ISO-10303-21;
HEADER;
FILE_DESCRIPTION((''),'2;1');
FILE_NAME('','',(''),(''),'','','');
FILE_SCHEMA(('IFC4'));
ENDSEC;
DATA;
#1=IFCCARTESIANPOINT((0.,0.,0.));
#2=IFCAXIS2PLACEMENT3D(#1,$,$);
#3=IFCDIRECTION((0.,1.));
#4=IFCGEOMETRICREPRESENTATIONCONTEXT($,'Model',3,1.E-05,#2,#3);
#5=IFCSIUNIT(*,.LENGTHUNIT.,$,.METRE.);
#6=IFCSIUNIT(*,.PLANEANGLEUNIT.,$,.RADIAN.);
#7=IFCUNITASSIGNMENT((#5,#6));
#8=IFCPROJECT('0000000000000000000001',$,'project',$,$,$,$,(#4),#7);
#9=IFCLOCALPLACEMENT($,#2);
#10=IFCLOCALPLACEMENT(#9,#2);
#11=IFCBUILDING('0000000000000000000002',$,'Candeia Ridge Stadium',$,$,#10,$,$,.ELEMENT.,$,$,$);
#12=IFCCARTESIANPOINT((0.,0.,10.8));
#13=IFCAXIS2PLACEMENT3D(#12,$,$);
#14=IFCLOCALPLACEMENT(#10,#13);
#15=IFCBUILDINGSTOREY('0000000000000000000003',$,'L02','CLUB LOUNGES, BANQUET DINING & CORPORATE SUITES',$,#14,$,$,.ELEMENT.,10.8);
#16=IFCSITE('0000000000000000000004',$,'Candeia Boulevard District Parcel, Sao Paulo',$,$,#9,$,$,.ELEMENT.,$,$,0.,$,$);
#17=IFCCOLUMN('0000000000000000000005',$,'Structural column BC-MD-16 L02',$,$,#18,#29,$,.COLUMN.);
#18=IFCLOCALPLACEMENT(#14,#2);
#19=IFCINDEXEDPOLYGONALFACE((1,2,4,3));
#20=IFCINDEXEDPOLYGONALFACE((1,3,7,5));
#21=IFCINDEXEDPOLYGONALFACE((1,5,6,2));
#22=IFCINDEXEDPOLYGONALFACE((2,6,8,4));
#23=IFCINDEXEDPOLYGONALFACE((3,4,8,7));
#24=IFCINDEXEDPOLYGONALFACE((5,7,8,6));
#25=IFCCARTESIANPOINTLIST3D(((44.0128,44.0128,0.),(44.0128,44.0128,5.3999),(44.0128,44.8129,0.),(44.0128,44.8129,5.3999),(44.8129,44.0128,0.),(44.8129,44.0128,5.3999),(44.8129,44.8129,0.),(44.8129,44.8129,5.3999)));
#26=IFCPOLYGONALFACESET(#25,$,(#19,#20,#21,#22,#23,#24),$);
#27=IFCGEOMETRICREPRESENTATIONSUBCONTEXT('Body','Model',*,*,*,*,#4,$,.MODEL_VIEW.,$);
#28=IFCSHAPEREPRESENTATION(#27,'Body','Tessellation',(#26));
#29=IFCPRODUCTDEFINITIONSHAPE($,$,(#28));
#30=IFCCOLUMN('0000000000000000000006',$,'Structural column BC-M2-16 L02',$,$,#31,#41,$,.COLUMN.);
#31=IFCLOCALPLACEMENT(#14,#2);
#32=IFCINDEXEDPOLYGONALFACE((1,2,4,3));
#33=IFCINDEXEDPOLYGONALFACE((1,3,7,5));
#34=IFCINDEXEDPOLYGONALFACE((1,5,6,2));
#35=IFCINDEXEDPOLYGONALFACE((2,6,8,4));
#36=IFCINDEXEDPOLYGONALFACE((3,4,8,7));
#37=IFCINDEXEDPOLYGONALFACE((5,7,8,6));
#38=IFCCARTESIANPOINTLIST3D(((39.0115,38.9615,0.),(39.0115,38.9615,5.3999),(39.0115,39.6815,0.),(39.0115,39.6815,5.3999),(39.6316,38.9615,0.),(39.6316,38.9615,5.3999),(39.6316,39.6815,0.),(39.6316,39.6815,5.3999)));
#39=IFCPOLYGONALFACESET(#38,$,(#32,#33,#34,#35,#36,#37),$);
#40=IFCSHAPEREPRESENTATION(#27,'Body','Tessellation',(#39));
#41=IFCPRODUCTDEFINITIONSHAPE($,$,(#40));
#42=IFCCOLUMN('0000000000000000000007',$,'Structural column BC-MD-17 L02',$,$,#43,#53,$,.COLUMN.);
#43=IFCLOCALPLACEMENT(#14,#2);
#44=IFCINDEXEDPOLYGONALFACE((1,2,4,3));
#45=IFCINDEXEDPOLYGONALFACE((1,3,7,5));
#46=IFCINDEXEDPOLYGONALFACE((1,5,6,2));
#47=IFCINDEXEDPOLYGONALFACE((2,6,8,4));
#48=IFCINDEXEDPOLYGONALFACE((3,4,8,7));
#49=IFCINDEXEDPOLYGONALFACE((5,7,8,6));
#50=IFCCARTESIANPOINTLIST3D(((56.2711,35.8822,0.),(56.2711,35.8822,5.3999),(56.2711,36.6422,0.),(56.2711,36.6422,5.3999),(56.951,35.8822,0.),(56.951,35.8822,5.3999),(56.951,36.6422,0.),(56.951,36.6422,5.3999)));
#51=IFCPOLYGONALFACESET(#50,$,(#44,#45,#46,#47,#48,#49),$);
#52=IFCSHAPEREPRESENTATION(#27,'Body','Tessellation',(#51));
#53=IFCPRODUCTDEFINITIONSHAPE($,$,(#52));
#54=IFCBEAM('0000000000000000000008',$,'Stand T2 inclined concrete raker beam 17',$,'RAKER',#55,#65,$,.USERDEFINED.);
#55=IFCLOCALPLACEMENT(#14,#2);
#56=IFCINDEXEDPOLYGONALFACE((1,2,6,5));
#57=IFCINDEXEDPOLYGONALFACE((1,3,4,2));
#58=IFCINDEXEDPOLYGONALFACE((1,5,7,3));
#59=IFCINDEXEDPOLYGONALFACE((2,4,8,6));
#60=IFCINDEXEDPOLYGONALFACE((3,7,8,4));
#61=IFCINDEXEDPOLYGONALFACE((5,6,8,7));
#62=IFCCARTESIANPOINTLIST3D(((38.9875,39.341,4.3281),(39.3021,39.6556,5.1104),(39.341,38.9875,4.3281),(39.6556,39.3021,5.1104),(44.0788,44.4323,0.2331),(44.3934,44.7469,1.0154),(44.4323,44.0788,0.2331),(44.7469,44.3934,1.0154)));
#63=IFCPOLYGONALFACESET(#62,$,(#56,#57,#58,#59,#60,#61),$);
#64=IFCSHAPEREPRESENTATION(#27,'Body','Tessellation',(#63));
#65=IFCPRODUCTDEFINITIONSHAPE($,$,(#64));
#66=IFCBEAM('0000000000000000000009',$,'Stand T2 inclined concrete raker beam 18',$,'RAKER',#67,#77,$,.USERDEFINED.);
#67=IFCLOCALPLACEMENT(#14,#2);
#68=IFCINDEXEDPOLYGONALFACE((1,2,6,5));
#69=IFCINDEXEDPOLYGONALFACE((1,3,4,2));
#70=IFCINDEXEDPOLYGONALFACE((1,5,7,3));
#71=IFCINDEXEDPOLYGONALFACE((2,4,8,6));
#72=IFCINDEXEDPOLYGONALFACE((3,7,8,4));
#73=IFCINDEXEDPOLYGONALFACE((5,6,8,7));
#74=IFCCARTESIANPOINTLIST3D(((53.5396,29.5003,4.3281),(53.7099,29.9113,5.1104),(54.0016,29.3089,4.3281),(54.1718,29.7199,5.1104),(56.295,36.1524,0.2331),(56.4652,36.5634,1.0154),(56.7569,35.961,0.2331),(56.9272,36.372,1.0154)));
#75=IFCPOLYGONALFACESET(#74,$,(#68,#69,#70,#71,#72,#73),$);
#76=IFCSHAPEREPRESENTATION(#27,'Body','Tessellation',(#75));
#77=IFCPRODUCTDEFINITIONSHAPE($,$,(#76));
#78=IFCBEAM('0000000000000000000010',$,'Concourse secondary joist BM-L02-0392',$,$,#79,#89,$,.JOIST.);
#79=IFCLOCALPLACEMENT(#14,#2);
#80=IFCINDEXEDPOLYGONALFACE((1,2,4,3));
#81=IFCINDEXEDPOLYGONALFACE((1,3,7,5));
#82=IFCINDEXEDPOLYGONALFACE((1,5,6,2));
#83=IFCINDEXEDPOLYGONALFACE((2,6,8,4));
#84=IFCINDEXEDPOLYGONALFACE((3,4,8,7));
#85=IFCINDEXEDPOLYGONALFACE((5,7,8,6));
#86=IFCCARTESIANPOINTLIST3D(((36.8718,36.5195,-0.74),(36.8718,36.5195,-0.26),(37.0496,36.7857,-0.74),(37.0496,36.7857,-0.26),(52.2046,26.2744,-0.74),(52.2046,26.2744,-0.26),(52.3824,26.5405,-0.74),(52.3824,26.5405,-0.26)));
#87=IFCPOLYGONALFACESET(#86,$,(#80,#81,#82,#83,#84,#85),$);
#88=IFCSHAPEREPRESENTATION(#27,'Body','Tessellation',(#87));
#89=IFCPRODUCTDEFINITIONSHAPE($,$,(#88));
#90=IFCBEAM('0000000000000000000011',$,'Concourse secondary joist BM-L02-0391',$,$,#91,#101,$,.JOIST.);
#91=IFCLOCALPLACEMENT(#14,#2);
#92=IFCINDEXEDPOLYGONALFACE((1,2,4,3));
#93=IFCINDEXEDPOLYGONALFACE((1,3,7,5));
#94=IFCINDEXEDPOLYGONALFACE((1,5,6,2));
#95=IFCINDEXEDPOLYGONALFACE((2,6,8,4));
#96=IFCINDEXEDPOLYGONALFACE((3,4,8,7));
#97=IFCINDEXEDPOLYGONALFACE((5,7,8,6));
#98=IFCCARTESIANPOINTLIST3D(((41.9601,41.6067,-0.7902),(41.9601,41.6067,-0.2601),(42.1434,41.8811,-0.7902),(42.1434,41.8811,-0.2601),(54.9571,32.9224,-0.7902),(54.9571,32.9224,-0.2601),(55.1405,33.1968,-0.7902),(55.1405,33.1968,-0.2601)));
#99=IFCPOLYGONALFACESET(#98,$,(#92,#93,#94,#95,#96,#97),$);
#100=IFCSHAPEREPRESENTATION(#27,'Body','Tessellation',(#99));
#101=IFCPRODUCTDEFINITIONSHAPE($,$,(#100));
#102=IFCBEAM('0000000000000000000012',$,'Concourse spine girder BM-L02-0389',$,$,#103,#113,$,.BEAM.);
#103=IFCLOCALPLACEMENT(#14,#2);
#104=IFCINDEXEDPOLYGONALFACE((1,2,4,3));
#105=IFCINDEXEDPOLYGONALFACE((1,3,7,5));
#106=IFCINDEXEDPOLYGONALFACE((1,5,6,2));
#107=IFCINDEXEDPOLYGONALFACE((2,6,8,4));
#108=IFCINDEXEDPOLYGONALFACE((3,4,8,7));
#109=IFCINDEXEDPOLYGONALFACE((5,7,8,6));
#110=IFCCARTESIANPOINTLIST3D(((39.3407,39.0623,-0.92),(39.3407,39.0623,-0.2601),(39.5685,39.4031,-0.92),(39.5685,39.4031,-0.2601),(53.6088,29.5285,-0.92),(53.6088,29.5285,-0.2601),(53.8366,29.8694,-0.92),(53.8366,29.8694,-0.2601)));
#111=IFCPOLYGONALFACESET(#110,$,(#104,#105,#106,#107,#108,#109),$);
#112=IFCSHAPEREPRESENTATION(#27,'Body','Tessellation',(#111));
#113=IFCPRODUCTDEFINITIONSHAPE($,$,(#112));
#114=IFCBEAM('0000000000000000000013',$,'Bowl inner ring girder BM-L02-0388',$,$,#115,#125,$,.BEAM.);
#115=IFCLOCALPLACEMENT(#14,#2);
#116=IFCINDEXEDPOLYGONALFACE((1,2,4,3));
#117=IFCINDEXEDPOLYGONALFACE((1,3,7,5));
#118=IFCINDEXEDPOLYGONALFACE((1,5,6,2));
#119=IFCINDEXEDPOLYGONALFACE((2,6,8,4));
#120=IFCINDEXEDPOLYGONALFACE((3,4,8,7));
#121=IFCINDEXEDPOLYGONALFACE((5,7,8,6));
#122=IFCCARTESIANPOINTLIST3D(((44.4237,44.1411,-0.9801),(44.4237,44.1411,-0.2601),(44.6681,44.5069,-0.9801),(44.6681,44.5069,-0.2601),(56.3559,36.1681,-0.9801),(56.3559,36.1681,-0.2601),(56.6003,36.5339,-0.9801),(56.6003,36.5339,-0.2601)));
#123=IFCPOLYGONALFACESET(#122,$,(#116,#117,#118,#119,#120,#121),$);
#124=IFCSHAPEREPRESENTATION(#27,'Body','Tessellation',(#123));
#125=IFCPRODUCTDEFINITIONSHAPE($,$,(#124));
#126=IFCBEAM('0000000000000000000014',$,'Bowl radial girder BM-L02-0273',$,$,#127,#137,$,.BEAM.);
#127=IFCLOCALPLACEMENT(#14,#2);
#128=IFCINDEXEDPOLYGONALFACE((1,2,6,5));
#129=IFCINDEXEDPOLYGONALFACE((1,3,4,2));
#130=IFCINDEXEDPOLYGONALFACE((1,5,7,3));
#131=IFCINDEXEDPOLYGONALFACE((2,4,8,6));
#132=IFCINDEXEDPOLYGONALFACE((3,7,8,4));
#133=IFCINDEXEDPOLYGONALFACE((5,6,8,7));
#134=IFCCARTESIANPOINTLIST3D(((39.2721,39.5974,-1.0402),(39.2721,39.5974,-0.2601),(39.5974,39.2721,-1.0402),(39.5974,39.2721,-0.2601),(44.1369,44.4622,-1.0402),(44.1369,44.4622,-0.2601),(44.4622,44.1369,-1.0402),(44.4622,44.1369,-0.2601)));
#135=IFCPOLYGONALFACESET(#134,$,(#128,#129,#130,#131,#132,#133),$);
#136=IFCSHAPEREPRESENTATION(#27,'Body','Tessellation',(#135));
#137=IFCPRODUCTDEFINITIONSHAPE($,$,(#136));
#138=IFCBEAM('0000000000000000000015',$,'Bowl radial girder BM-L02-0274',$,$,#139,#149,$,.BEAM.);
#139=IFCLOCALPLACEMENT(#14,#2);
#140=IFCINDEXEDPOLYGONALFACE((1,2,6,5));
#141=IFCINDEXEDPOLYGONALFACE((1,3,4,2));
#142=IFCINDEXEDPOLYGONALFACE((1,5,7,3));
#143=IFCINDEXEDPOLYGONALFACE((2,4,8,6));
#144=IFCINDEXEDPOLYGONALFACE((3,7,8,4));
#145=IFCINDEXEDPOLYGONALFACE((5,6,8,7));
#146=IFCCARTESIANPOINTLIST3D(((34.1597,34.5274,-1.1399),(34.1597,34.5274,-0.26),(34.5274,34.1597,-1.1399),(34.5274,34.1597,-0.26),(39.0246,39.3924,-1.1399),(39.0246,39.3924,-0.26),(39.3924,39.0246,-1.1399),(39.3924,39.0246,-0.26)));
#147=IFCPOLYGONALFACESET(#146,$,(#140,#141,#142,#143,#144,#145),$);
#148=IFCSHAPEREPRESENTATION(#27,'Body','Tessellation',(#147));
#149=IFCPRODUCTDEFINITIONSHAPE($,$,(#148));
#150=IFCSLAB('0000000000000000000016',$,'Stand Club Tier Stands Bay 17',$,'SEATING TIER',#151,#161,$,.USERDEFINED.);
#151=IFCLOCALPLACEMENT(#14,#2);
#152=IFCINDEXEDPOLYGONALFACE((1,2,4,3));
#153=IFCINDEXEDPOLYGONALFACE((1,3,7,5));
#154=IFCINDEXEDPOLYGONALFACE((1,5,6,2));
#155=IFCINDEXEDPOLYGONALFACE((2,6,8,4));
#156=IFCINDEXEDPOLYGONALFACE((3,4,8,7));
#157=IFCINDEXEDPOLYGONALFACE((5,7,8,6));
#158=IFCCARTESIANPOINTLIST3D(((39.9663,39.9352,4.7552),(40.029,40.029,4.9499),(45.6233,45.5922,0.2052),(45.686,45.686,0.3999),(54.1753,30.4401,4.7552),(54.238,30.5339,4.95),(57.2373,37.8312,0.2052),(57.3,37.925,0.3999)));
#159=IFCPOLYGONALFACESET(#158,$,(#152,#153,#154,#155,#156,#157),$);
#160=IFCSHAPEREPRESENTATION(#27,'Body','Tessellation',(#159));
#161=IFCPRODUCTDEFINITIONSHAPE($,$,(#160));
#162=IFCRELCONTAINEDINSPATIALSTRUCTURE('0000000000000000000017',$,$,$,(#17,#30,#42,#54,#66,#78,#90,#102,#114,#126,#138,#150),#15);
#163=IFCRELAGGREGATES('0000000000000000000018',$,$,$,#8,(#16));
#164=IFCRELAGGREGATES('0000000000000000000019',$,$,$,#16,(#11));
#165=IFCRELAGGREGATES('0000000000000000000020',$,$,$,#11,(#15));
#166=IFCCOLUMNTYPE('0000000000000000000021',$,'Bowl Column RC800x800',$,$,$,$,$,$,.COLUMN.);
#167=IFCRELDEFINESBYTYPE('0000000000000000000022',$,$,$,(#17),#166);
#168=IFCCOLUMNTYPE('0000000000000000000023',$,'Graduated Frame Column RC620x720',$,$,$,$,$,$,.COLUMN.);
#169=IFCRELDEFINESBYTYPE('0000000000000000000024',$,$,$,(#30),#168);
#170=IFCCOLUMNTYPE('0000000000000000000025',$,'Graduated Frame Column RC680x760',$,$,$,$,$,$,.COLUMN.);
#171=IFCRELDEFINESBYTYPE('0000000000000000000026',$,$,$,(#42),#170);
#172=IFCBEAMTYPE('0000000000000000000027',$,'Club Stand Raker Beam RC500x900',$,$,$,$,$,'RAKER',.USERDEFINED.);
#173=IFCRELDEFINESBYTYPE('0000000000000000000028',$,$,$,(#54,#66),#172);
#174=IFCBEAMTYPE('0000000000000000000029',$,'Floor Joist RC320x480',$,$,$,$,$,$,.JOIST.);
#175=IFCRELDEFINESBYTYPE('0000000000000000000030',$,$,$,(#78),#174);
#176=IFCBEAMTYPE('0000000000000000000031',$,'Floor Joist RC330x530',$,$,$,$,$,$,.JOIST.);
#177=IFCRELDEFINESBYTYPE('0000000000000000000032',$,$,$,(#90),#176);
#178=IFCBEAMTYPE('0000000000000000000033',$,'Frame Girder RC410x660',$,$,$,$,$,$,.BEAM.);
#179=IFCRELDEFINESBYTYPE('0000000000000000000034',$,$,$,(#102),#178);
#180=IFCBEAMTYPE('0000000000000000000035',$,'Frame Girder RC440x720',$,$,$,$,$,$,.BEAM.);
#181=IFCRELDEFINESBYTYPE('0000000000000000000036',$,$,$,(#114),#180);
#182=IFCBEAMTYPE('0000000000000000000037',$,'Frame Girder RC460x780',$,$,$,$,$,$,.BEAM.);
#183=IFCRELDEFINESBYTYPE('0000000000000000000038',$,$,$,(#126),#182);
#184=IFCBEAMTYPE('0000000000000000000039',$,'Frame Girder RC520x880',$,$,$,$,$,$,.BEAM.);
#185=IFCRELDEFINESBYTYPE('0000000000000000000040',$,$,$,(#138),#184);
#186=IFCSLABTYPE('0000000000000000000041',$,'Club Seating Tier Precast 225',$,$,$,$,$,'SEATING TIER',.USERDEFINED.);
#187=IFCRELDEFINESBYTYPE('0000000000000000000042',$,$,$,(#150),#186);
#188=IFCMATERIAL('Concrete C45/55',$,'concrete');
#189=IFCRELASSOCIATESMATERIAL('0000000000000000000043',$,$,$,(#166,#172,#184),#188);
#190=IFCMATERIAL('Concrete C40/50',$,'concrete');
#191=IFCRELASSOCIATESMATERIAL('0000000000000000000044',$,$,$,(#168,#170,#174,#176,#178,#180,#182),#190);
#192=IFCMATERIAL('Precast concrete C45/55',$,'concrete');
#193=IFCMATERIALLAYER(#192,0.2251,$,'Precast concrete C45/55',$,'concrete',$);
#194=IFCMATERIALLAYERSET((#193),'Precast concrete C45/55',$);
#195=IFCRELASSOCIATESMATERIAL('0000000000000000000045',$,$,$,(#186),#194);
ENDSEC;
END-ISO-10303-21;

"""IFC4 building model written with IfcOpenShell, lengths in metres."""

from ifc_helpers import new_model, si_unit, direction, frame, origin, origin_2d, place, context, subcontext, project, spatial, polyline, rectangle, outline, extrude, material, layer, layer_set, material_profile, profile_set, type_object, element, save


model = new_model("IFC4")

# Units and contexts
model_context = context("Model", 3, precision=1e-05, world=origin(), true_north=direction((0.0, 1.0)))
body_context = subcontext(model_context, "Body", "Model", "MODEL_VIEW")
ifc_project = project(units=[si_unit("LENGTHUNIT", "METRE"), si_unit("PLANEANGLEUNIT", "RADIAN")], contexts=[model_context])

# Site, building, storey
site_placement = place(None, origin())
site = spatial("IfcSite", under=ifc_project, at=site_placement, Name="Candeia Boulevard District Parcel, Sao Paulo", CompositionType="ELEMENT", RefElevation=0.0)
building_placement = place(site_placement, origin())
building = spatial("IfcBuilding", under=site, at=building_placement, Name="Candeia Ridge Stadium", CompositionType="ELEMENT")
storey_placement = place(building_placement, frame((0.0, 0.0, 10.8)))
storey = spatial("IfcBuildingStorey", under=building, at=storey_placement, Name="L02", Description="CLUB LOUNGES, BANQUET DINING & CORPORATE SUITES", CompositionType="ELEMENT", Elevation=10.8)

# Columns
ifc_material_1 = material(Name="Concrete C45/55", Category="concrete")
ifc_material_profile_1 = material_profile(ifc_material_1, rectangle(XDim=0.8, YDim=0.8, at=origin_2d()), Name="RC800x800", Category="concrete")
ifc_profile_set_1 = profile_set([ifc_material_profile_1], Name="Concrete C45/55")
column_type_1 = type_object("IfcColumnType", Name="Bowl Column RC800x800", PredefinedType="COLUMN", material=ifc_profile_set_1)
column_1_placement = place(storey_placement, frame((44.4128, 44.4128, 0.0), z_axis=(0.0, 0.0, 1.0), x_axis=(1.0, 0.0, 0.0)))
element("IfcColumn", 1, at=column_1_placement, inside=storey, type_object=column_type_1, Name="Structural column BC-MD-16 L02", PredefinedType="COLUMN", context=body_context, shape_type="SweptSolid", body=[
    extrude(rectangle(XDim=0.8, YDim=0.8, at=origin_2d()), origin(), (0.0, 0.0, 1.0), 5.3999),
])
ifc_material_2 = material(Name="Concrete C40/50", Category="concrete")
ifc_material_profile_2 = material_profile(ifc_material_2, rectangle(XDim=0.6201, YDim=0.72, at=origin_2d()), Name="RC620x720", Category="concrete")
ifc_profile_set_2 = profile_set([ifc_material_profile_2], Name="Concrete C40/50")
column_type_2 = type_object("IfcColumnType", Name="Graduated Frame Column RC620x720", PredefinedType="COLUMN", material=ifc_profile_set_2)
column_2_placement = place(storey_placement, frame((39.3215, 39.3215, 0.0), z_axis=(0.0, 0.0, 1.0), x_axis=(1.0, 0.0, 0.0)))
element("IfcColumn", 2, at=column_2_placement, inside=storey, type_object=column_type_2, Name="Structural column BC-M2-16 L02", PredefinedType="COLUMN", context=body_context, shape_type="SweptSolid", body=[
    extrude(rectangle(XDim=0.6201, YDim=0.72, at=origin_2d()), origin(), (0.0, 0.0, 1.0), 5.3999),
])
ifc_material_profile_3 = material_profile(ifc_material_2, rectangle(XDim=0.6799, YDim=0.76, at=origin_2d()), Name="RC680x760", Category="concrete")
ifc_profile_set_3 = profile_set([ifc_material_profile_3], Name="Concrete C40/50")
column_type_3 = type_object("IfcColumnType", Name="Graduated Frame Column RC680x760", PredefinedType="COLUMN", material=ifc_profile_set_3)
column_3_placement = place(storey_placement, frame((56.6111, 36.2622, 0.0), z_axis=(0.0, 0.0, 1.0), x_axis=(1.0, 0.0, 0.0)))
element("IfcColumn", 3, at=column_3_placement, inside=storey, type_object=column_type_3, Name="Structural column BC-MD-17 L02", PredefinedType="COLUMN", context=body_context, shape_type="SweptSolid", body=[
    extrude(rectangle(XDim=0.6799, YDim=0.76, at=origin_2d()), origin(), (0.0, 0.0, 1.0), 5.3999),
])

# Beams
ifc_material_profile_4 = material_profile(ifc_material_1, rectangle(XDim=0.5, YDim=0.8999, at=origin_2d()), Name="RC500x900", Category="concrete")
ifc_profile_set_4 = profile_set([ifc_material_profile_4], Name="Concrete C45/55")
beam_type_1 = type_object("IfcBeamType", Name="Club Stand Raker Beam RC500x900", ElementType="RAKER", PredefinedType="USERDEFINED", material=ifc_profile_set_4)
for number, where, z_axis, x_axis, name in (
    (4, (44.4128, 44.4128, 0.6243), (-0.614654, -0.614654, 0.49437), (0.707107, -0.707107, 0.0), "Stand T2 inclined concrete raker beam 17"),
    (5, (56.6111, 36.2622, 0.6243), (-0.332646, -0.803084, 0.494371), (0.92388, -0.382681, 0.0), "Stand T2 inclined concrete raker beam 18"),
):
    element("IfcBeam", number, at=place(storey_placement, frame(where, z_axis=z_axis, x_axis=x_axis)), inside=storey, type_object=beam_type_1, Name=name, ObjectType="RAKER", PredefinedType="USERDEFINED", context=body_context, shape_type="SweptSolid", body=[
        extrude(rectangle(XDim=0.5, YDim=0.8999, at=origin_2d()), origin(), (0.0, 0.0, 1.0), 8.2832),
    ])
ifc_material_profile_5 = material_profile(ifc_material_2, rectangle(XDim=0.3201, YDim=0.48, at=origin_2d()), Name="RC320x480", Category="concrete")
ifc_profile_set_5 = profile_set([ifc_material_profile_5], Name="Concrete C40/50")
beam_type_2 = type_object("IfcBeamType", Name="Floor Joist RC320x480", PredefinedType="JOIST", material=ifc_profile_set_5)
beam_1_placement = place(storey_placement, frame((36.9607, 36.6526, -0.5), z_axis=(0.831467, -0.555574, 0.0), x_axis=(0.555574, 0.831467, 0.0)))
element("IfcBeam", 6, at=beam_1_placement, inside=storey, type_object=beam_type_2, Name="Concourse secondary joist BM-L02-0392", PredefinedType="JOIST", context=body_context, shape_type="SweptSolid", body=[
    extrude(rectangle(XDim=0.3201, YDim=0.48, at=origin_2d()), origin(), (0.0, 0.0, 1.0), 18.4407),
])
ifc_material_profile_6 = material_profile(ifc_material_2, rectangle(XDim=0.3301, YDim=0.53, at=origin_2d()), Name="RC330x530", Category="concrete")
ifc_profile_set_6 = profile_set([ifc_material_profile_6], Name="Concrete C40/50")
beam_type_3 = type_object("IfcBeamType", Name="Floor Joist RC330x530", PredefinedType="JOIST", material=ifc_profile_set_6)
beam_2_placement = place(storey_placement, frame((42.0518, 41.7439, -0.5251), z_axis=(0.831471, -0.555569, 0.0), x_axis=(0.555569, 0.831471, 0.0)))
element("IfcBeam", 7, at=beam_2_placement, inside=storey, type_object=beam_type_3, Name="Concourse secondary joist BM-L02-0391", PredefinedType="JOIST", context=body_context, shape_type="SweptSolid", body=[
    extrude(rectangle(XDim=0.3301, YDim=0.53, at=origin_2d()), origin(), (0.0, 0.0, 1.0), 15.6313),
])
ifc_material_profile_7 = material_profile(ifc_material_2, rectangle(XDim=0.4099, YDim=0.6599, at=origin_2d()), Name="RC410x660", Category="concrete")
ifc_profile_set_7 = profile_set([ifc_material_profile_7], Name="Concrete C40/50")
beam_type_4 = type_object("IfcBeamType", Name="Frame Girder RC410x660", PredefinedType="BEAM", material=ifc_profile_set_7)
beam_3_placement = place(storey_placement, frame((39.4546, 39.2327, -0.5901), z_axis=(0.831468, -0.555573, 0.0), x_axis=(0.555573, 0.831468, 0.0)))
element("IfcBeam", 8, at=beam_3_placement, inside=storey, type_object=beam_type_4, Name="Concourse spine girder BM-L02-0389", PredefinedType="BEAM", context=body_context, shape_type="SweptSolid", body=[
    extrude(rectangle(XDim=0.4099, YDim=0.6599, at=origin_2d()), origin(), (0.0, 0.0, 1.0), 17.1602),
])
ifc_material_profile_8 = material_profile(ifc_material_2, rectangle(XDim=0.4399, YDim=0.72, at=origin_2d()), Name="RC440x720", Category="concrete")
ifc_profile_set_8 = profile_set([ifc_material_profile_8], Name="Concrete C40/50")
beam_type_5 = type_object("IfcBeamType", Name="Frame Girder RC440x720", PredefinedType="BEAM", material=ifc_profile_set_8)
beam_4_placement = place(storey_placement, frame((44.5459, 44.324, -0.6201), z_axis=(0.831466, -0.555575, 0.0), x_axis=(0.555575, 0.831466, 0.0)))
element("IfcBeam", 9, at=beam_4_placement, inside=storey, type_object=beam_type_5, Name="Bowl inner ring girder BM-L02-0388", PredefinedType="BEAM", context=body_context, shape_type="SweptSolid", body=[
    extrude(rectangle(XDim=0.4399, YDim=0.72, at=origin_2d()), origin(), (0.0, 0.0, 1.0), 14.3508),
])
ifc_material_profile_9 = material_profile(ifc_material_2, rectangle(XDim=0.46, YDim=0.78, at=origin_2d()), Name="RC460x780", Category="concrete")
ifc_profile_set_9 = profile_set([ifc_material_profile_9], Name="Concrete C40/50")
beam_type_6 = type_object("IfcBeamType", Name="Frame Girder RC460x780", PredefinedType="BEAM", material=ifc_profile_set_9)
beam_5_placement = place(storey_placement, frame((44.2996, 44.2996, -0.6501), z_axis=(-0.707107, -0.707107, 0.0), x_axis=(0.707107, -0.707107, 0.0)))
element("IfcBeam", 10, at=beam_5_placement, inside=storey, type_object=beam_type_6, Name="Bowl radial girder BM-L02-0273", PredefinedType="BEAM", context=body_context, shape_type="SweptSolid", body=[
    extrude(rectangle(XDim=0.46, YDim=0.78, at=origin_2d()), origin(), (0.0, 0.0, 1.0), 6.8799),
])
ifc_material_profile_10 = material_profile(ifc_material_1, rectangle(XDim=0.52, YDim=0.8799, at=origin_2d()), Name="RC520x880", Category="concrete")
ifc_profile_set_10 = profile_set([ifc_material_profile_10], Name="Concrete C45/55")
beam_type_7 = type_object("IfcBeamType", Name="Frame Girder RC520x880", PredefinedType="BEAM", material=ifc_profile_set_10)
beam_6_placement = place(storey_placement, frame((39.2085, 39.2085, -0.7), z_axis=(-0.707107, -0.707107, 0.0), x_axis=(0.707107, -0.707107, 0.0)))
element("IfcBeam", 11, at=beam_6_placement, inside=storey, type_object=beam_type_7, Name="Bowl radial girder BM-L02-0274", PredefinedType="BEAM", context=body_context, shape_type="SweptSolid", body=[
    extrude(rectangle(XDim=0.52, YDim=0.8799, at=origin_2d()), origin(), (0.0, 0.0, 1.0), 6.8801),
])

# Slab
ifc_material_3 = material(Name="Precast concrete C45/55", Category="concrete")
ifc_layer_1 = layer(ifc_material_3, 0.2251, Name="Precast concrete C45/55", Category="concrete")
ifc_layer_set_1 = layer_set([ifc_layer_1], Name="Precast concrete C45/55")
slab_type = type_object("IfcSlabType", Name="Club Seating Tier Precast 225", ElementType="SEATING TIER", PredefinedType="USERDEFINED", material=ifc_layer_set_1)
slab_1_placement = place(storey_placement, frame((45.686, 45.686, 0.3999), z_axis=(0.278715, 0.417085, 0.865077), x_axis=(0.831445, -0.555608, -0.000001)))
element("IfcSlab", 12, at=slab_1_placement, inside=storey, type_object=slab_type, Name="Stand Club Tier Stands Bay 17", ObjectType="SEATING TIER", PredefinedType="USERDEFINED", context=body_context, shape_type="SweptSolid", body=[
    extrude(outline(polyline([(0.0, 0.0), (13.9685, 0.0), (15.5291, -9.0704), (-1.5604, -9.0703), (0.0, 0.0)])), origin(), (0.0, 0.0, -1.0), 0.2251),
])

save(model, "model.ifc")
